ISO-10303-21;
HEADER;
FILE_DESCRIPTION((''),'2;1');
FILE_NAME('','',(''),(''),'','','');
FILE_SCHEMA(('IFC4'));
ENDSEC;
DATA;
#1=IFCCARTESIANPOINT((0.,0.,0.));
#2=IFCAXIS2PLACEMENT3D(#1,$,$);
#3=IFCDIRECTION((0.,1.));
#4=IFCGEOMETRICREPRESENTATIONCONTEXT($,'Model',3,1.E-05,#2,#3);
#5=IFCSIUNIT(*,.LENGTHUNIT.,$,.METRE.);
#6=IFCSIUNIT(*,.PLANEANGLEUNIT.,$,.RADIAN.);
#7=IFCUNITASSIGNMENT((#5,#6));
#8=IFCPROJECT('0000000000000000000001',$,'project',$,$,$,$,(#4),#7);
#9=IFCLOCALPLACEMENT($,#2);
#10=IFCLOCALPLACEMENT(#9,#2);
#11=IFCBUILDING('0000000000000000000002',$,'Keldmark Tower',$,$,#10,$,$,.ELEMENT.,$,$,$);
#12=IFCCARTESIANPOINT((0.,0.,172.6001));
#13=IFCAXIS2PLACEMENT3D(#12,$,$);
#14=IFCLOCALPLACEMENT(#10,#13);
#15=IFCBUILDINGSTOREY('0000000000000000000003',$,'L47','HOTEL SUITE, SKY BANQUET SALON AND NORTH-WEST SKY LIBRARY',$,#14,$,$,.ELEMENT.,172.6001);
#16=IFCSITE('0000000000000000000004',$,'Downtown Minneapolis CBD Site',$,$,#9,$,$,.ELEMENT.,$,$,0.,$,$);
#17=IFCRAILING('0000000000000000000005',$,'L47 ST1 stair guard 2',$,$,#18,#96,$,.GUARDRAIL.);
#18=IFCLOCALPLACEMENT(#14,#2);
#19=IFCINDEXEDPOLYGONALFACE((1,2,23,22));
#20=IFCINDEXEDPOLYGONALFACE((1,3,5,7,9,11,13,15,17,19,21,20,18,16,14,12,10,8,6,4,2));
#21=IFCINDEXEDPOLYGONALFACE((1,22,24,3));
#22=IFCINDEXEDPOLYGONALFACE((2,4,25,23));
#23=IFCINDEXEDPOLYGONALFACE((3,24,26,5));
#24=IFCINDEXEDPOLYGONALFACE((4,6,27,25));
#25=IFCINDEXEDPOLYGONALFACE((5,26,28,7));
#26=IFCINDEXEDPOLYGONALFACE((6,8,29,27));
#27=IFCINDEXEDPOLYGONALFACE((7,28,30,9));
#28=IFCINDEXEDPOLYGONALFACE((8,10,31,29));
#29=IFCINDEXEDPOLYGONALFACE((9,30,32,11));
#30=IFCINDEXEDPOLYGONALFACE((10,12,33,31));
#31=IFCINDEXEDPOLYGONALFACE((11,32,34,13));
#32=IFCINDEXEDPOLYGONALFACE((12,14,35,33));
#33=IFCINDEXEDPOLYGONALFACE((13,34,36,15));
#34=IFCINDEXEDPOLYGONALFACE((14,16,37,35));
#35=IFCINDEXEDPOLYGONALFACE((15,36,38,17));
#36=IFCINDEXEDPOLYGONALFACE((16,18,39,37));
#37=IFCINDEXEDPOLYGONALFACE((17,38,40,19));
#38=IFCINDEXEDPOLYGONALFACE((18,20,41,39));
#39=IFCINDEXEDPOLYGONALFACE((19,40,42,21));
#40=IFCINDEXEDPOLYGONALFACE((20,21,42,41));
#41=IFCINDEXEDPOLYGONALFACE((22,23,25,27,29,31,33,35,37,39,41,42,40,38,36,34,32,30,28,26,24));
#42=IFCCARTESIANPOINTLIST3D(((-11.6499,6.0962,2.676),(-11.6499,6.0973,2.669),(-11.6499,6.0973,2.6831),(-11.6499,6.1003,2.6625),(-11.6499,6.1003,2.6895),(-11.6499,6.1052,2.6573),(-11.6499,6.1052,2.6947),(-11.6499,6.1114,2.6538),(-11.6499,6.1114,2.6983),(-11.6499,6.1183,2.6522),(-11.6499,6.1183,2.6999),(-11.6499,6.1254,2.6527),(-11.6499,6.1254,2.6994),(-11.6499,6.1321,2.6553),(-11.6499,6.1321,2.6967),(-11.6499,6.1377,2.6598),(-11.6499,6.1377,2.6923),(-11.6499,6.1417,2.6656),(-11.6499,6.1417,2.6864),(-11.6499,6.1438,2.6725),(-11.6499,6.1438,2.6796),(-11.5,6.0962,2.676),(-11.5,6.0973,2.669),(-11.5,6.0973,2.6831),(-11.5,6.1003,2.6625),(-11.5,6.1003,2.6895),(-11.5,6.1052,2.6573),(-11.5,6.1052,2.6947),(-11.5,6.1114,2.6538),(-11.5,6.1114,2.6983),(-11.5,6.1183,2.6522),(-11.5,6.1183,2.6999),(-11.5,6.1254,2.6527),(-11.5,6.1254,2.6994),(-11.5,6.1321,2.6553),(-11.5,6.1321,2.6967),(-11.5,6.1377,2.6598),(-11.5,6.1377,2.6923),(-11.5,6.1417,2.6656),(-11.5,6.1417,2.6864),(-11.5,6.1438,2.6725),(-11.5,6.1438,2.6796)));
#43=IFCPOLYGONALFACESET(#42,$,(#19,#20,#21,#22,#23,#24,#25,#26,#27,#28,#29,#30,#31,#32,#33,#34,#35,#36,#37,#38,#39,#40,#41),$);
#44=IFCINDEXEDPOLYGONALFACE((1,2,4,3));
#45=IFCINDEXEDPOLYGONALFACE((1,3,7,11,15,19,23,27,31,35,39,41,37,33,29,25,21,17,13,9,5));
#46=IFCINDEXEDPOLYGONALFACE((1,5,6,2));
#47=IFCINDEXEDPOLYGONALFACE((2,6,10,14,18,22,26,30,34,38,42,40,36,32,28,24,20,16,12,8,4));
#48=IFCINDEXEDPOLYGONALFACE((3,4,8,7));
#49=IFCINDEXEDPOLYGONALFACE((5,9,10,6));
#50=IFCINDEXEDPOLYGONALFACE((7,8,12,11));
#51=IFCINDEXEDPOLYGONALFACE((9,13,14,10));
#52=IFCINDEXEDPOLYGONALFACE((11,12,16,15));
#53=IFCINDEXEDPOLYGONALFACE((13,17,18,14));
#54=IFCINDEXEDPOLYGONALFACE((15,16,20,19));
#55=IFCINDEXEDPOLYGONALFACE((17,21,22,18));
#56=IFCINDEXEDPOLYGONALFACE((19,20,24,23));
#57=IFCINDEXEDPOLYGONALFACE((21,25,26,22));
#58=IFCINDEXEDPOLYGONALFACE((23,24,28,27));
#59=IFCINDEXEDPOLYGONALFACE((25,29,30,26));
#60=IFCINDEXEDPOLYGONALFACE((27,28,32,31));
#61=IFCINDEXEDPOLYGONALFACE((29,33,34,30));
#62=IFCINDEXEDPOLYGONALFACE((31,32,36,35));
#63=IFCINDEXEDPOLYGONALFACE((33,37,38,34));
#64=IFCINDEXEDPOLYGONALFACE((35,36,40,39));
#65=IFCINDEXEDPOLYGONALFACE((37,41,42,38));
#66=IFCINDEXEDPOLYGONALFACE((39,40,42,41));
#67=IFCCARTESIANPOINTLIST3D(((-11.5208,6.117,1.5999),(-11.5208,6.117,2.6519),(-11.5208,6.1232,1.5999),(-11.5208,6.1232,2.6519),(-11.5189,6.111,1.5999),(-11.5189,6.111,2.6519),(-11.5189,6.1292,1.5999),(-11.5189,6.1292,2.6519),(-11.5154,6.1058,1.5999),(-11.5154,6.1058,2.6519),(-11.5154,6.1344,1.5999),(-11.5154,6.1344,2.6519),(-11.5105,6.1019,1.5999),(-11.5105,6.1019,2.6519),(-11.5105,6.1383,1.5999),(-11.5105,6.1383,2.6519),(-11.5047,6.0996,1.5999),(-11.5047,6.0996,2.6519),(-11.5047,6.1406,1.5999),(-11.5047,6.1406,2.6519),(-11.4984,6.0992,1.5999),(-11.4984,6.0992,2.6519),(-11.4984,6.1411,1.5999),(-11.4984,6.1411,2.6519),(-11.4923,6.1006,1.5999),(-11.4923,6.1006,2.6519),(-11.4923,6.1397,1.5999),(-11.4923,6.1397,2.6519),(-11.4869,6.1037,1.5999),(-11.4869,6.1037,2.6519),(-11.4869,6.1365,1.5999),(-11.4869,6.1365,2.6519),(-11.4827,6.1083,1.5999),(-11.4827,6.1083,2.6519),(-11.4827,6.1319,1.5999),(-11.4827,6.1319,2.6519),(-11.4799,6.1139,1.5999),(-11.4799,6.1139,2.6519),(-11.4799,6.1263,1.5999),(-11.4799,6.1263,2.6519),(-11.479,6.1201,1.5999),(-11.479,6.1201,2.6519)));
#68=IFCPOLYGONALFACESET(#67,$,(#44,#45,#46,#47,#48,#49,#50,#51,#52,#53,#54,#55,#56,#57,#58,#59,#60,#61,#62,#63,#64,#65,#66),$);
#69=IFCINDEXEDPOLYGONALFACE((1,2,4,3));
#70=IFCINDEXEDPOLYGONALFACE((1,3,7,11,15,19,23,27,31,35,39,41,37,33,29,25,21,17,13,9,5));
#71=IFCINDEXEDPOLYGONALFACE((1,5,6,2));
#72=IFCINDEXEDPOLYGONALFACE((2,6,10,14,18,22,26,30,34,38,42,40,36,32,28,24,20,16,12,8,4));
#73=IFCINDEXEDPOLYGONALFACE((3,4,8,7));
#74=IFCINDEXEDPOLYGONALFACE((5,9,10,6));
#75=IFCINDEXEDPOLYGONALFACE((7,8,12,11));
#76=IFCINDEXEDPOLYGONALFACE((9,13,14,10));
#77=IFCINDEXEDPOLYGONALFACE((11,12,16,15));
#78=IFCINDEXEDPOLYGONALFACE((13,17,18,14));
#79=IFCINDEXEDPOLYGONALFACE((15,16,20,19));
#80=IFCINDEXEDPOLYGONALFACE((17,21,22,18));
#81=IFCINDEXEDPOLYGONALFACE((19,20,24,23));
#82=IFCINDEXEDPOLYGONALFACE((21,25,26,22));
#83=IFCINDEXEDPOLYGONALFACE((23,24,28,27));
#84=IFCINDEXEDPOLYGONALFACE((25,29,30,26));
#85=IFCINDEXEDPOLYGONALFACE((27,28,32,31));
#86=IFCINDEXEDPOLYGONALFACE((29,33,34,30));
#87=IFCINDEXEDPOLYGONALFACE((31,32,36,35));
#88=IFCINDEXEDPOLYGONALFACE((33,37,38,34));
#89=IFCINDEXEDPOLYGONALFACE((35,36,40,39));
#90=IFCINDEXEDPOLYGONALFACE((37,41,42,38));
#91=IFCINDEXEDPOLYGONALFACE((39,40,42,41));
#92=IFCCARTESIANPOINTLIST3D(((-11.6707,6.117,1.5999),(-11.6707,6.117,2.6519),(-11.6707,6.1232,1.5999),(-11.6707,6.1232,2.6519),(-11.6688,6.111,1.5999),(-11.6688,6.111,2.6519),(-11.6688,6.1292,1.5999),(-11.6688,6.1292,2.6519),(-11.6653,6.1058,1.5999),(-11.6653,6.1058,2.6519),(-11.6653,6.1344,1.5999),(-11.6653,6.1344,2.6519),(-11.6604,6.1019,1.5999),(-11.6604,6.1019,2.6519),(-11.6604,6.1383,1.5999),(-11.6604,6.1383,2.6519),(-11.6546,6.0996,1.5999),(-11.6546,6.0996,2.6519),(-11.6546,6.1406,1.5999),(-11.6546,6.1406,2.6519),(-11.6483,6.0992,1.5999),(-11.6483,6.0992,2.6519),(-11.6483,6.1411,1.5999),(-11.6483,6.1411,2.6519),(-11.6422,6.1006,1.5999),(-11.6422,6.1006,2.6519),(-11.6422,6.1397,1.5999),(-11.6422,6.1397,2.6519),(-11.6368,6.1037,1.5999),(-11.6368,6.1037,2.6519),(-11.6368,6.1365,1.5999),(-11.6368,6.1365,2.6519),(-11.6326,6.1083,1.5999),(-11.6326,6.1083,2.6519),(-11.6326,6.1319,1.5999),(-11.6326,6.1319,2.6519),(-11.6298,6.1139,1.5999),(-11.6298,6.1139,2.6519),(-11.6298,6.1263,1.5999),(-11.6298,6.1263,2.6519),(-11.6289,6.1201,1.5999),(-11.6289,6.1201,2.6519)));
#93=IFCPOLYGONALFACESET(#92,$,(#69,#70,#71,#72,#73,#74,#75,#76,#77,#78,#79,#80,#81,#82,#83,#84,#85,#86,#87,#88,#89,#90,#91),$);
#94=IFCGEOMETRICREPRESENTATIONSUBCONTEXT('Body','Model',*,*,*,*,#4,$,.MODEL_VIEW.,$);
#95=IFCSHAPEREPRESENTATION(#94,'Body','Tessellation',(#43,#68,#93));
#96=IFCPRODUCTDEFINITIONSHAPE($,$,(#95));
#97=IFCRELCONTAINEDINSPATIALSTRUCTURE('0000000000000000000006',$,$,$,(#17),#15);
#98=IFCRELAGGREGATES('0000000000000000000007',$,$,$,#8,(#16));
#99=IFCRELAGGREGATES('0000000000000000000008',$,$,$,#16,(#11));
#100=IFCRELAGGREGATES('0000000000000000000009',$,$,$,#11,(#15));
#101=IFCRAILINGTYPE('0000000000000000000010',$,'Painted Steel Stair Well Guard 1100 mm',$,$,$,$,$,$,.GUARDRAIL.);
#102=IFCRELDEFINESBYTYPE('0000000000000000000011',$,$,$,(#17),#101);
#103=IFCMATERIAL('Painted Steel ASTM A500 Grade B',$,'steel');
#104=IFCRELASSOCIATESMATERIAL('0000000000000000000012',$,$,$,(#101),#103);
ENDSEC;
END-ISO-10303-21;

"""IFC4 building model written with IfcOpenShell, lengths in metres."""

from ifc_helpers import new_model, si_unit, direction, frame, origin, origin_2d, place, context, subcontext, project, spatial, circle, extrude, material, type_object, element, save


model = new_model("IFC4")

# Units and contexts
model_context = context("Model", 3, precision=1e-05, world=origin(), true_north=direction((0.0, 1.0)))
body_context = subcontext(model_context, "Body", "Model", "MODEL_VIEW")
ifc_project = project(units=[si_unit("LENGTHUNIT", "METRE"), si_unit("PLANEANGLEUNIT", "RADIAN")], contexts=[model_context])

# Site, building, storey
site_placement = place(None, origin())
site = spatial("IfcSite", under=ifc_project, at=site_placement, Name="Downtown Minneapolis CBD Site", CompositionType="ELEMENT", RefElevation=0.0)
building_placement = place(site_placement, origin())
building = spatial("IfcBuilding", under=site, at=building_placement, Name="Keldmark Tower", CompositionType="ELEMENT")
storey_placement = place(building_placement, frame((0.0, 0.0, 172.6001)))
storey = spatial("IfcBuildingStorey", under=building, at=storey_placement, Name="L47", Description="HOTEL SUITE, SKY BANQUET SALON AND NORTH-WEST SKY LIBRARY", CompositionType="ELEMENT", Elevation=172.6001)

# Railing
ifc_material_1 = material(Name="Painted Steel ASTM A500 Grade B", Category="steel")
railing_type_1 = type_object("IfcRailingType", Name="Painted Steel Stair Well Guard 1100 mm", PredefinedType="GUARDRAIL", material=ifc_material_1)
railing_1_placement = place(storey_placement, frame((-11.5, 6.1201, 1.5999)))
element("IfcRailing", 1, at=railing_1_placement, inside=storey, type_object=railing_type_1, Name="L47 ST1 stair guard 2", PredefinedType="GUARDRAIL", context=body_context, shape_type="SweptSolid", body=[
    extrude(circle(Radius=0.0239, at=origin_2d()), frame((0.0, 0.0, 1.0762), z_axis=(-1.0, 0.0, 0.0), x_axis=(0.0, -1.0, 0.0)), (0.0, 0.0, 1.0), 0.1499),
    extrude(circle(Radius=0.021, at=origin_2d()), origin(), (0.0, 0.0, 1.0), 1.052),
    extrude(circle(Radius=0.021, at=origin_2d()), frame((-0.1499, 0.0, 0.0)), (0.0, 0.0, 1.0), 1.052),
])

save(model, "model.ifc")
